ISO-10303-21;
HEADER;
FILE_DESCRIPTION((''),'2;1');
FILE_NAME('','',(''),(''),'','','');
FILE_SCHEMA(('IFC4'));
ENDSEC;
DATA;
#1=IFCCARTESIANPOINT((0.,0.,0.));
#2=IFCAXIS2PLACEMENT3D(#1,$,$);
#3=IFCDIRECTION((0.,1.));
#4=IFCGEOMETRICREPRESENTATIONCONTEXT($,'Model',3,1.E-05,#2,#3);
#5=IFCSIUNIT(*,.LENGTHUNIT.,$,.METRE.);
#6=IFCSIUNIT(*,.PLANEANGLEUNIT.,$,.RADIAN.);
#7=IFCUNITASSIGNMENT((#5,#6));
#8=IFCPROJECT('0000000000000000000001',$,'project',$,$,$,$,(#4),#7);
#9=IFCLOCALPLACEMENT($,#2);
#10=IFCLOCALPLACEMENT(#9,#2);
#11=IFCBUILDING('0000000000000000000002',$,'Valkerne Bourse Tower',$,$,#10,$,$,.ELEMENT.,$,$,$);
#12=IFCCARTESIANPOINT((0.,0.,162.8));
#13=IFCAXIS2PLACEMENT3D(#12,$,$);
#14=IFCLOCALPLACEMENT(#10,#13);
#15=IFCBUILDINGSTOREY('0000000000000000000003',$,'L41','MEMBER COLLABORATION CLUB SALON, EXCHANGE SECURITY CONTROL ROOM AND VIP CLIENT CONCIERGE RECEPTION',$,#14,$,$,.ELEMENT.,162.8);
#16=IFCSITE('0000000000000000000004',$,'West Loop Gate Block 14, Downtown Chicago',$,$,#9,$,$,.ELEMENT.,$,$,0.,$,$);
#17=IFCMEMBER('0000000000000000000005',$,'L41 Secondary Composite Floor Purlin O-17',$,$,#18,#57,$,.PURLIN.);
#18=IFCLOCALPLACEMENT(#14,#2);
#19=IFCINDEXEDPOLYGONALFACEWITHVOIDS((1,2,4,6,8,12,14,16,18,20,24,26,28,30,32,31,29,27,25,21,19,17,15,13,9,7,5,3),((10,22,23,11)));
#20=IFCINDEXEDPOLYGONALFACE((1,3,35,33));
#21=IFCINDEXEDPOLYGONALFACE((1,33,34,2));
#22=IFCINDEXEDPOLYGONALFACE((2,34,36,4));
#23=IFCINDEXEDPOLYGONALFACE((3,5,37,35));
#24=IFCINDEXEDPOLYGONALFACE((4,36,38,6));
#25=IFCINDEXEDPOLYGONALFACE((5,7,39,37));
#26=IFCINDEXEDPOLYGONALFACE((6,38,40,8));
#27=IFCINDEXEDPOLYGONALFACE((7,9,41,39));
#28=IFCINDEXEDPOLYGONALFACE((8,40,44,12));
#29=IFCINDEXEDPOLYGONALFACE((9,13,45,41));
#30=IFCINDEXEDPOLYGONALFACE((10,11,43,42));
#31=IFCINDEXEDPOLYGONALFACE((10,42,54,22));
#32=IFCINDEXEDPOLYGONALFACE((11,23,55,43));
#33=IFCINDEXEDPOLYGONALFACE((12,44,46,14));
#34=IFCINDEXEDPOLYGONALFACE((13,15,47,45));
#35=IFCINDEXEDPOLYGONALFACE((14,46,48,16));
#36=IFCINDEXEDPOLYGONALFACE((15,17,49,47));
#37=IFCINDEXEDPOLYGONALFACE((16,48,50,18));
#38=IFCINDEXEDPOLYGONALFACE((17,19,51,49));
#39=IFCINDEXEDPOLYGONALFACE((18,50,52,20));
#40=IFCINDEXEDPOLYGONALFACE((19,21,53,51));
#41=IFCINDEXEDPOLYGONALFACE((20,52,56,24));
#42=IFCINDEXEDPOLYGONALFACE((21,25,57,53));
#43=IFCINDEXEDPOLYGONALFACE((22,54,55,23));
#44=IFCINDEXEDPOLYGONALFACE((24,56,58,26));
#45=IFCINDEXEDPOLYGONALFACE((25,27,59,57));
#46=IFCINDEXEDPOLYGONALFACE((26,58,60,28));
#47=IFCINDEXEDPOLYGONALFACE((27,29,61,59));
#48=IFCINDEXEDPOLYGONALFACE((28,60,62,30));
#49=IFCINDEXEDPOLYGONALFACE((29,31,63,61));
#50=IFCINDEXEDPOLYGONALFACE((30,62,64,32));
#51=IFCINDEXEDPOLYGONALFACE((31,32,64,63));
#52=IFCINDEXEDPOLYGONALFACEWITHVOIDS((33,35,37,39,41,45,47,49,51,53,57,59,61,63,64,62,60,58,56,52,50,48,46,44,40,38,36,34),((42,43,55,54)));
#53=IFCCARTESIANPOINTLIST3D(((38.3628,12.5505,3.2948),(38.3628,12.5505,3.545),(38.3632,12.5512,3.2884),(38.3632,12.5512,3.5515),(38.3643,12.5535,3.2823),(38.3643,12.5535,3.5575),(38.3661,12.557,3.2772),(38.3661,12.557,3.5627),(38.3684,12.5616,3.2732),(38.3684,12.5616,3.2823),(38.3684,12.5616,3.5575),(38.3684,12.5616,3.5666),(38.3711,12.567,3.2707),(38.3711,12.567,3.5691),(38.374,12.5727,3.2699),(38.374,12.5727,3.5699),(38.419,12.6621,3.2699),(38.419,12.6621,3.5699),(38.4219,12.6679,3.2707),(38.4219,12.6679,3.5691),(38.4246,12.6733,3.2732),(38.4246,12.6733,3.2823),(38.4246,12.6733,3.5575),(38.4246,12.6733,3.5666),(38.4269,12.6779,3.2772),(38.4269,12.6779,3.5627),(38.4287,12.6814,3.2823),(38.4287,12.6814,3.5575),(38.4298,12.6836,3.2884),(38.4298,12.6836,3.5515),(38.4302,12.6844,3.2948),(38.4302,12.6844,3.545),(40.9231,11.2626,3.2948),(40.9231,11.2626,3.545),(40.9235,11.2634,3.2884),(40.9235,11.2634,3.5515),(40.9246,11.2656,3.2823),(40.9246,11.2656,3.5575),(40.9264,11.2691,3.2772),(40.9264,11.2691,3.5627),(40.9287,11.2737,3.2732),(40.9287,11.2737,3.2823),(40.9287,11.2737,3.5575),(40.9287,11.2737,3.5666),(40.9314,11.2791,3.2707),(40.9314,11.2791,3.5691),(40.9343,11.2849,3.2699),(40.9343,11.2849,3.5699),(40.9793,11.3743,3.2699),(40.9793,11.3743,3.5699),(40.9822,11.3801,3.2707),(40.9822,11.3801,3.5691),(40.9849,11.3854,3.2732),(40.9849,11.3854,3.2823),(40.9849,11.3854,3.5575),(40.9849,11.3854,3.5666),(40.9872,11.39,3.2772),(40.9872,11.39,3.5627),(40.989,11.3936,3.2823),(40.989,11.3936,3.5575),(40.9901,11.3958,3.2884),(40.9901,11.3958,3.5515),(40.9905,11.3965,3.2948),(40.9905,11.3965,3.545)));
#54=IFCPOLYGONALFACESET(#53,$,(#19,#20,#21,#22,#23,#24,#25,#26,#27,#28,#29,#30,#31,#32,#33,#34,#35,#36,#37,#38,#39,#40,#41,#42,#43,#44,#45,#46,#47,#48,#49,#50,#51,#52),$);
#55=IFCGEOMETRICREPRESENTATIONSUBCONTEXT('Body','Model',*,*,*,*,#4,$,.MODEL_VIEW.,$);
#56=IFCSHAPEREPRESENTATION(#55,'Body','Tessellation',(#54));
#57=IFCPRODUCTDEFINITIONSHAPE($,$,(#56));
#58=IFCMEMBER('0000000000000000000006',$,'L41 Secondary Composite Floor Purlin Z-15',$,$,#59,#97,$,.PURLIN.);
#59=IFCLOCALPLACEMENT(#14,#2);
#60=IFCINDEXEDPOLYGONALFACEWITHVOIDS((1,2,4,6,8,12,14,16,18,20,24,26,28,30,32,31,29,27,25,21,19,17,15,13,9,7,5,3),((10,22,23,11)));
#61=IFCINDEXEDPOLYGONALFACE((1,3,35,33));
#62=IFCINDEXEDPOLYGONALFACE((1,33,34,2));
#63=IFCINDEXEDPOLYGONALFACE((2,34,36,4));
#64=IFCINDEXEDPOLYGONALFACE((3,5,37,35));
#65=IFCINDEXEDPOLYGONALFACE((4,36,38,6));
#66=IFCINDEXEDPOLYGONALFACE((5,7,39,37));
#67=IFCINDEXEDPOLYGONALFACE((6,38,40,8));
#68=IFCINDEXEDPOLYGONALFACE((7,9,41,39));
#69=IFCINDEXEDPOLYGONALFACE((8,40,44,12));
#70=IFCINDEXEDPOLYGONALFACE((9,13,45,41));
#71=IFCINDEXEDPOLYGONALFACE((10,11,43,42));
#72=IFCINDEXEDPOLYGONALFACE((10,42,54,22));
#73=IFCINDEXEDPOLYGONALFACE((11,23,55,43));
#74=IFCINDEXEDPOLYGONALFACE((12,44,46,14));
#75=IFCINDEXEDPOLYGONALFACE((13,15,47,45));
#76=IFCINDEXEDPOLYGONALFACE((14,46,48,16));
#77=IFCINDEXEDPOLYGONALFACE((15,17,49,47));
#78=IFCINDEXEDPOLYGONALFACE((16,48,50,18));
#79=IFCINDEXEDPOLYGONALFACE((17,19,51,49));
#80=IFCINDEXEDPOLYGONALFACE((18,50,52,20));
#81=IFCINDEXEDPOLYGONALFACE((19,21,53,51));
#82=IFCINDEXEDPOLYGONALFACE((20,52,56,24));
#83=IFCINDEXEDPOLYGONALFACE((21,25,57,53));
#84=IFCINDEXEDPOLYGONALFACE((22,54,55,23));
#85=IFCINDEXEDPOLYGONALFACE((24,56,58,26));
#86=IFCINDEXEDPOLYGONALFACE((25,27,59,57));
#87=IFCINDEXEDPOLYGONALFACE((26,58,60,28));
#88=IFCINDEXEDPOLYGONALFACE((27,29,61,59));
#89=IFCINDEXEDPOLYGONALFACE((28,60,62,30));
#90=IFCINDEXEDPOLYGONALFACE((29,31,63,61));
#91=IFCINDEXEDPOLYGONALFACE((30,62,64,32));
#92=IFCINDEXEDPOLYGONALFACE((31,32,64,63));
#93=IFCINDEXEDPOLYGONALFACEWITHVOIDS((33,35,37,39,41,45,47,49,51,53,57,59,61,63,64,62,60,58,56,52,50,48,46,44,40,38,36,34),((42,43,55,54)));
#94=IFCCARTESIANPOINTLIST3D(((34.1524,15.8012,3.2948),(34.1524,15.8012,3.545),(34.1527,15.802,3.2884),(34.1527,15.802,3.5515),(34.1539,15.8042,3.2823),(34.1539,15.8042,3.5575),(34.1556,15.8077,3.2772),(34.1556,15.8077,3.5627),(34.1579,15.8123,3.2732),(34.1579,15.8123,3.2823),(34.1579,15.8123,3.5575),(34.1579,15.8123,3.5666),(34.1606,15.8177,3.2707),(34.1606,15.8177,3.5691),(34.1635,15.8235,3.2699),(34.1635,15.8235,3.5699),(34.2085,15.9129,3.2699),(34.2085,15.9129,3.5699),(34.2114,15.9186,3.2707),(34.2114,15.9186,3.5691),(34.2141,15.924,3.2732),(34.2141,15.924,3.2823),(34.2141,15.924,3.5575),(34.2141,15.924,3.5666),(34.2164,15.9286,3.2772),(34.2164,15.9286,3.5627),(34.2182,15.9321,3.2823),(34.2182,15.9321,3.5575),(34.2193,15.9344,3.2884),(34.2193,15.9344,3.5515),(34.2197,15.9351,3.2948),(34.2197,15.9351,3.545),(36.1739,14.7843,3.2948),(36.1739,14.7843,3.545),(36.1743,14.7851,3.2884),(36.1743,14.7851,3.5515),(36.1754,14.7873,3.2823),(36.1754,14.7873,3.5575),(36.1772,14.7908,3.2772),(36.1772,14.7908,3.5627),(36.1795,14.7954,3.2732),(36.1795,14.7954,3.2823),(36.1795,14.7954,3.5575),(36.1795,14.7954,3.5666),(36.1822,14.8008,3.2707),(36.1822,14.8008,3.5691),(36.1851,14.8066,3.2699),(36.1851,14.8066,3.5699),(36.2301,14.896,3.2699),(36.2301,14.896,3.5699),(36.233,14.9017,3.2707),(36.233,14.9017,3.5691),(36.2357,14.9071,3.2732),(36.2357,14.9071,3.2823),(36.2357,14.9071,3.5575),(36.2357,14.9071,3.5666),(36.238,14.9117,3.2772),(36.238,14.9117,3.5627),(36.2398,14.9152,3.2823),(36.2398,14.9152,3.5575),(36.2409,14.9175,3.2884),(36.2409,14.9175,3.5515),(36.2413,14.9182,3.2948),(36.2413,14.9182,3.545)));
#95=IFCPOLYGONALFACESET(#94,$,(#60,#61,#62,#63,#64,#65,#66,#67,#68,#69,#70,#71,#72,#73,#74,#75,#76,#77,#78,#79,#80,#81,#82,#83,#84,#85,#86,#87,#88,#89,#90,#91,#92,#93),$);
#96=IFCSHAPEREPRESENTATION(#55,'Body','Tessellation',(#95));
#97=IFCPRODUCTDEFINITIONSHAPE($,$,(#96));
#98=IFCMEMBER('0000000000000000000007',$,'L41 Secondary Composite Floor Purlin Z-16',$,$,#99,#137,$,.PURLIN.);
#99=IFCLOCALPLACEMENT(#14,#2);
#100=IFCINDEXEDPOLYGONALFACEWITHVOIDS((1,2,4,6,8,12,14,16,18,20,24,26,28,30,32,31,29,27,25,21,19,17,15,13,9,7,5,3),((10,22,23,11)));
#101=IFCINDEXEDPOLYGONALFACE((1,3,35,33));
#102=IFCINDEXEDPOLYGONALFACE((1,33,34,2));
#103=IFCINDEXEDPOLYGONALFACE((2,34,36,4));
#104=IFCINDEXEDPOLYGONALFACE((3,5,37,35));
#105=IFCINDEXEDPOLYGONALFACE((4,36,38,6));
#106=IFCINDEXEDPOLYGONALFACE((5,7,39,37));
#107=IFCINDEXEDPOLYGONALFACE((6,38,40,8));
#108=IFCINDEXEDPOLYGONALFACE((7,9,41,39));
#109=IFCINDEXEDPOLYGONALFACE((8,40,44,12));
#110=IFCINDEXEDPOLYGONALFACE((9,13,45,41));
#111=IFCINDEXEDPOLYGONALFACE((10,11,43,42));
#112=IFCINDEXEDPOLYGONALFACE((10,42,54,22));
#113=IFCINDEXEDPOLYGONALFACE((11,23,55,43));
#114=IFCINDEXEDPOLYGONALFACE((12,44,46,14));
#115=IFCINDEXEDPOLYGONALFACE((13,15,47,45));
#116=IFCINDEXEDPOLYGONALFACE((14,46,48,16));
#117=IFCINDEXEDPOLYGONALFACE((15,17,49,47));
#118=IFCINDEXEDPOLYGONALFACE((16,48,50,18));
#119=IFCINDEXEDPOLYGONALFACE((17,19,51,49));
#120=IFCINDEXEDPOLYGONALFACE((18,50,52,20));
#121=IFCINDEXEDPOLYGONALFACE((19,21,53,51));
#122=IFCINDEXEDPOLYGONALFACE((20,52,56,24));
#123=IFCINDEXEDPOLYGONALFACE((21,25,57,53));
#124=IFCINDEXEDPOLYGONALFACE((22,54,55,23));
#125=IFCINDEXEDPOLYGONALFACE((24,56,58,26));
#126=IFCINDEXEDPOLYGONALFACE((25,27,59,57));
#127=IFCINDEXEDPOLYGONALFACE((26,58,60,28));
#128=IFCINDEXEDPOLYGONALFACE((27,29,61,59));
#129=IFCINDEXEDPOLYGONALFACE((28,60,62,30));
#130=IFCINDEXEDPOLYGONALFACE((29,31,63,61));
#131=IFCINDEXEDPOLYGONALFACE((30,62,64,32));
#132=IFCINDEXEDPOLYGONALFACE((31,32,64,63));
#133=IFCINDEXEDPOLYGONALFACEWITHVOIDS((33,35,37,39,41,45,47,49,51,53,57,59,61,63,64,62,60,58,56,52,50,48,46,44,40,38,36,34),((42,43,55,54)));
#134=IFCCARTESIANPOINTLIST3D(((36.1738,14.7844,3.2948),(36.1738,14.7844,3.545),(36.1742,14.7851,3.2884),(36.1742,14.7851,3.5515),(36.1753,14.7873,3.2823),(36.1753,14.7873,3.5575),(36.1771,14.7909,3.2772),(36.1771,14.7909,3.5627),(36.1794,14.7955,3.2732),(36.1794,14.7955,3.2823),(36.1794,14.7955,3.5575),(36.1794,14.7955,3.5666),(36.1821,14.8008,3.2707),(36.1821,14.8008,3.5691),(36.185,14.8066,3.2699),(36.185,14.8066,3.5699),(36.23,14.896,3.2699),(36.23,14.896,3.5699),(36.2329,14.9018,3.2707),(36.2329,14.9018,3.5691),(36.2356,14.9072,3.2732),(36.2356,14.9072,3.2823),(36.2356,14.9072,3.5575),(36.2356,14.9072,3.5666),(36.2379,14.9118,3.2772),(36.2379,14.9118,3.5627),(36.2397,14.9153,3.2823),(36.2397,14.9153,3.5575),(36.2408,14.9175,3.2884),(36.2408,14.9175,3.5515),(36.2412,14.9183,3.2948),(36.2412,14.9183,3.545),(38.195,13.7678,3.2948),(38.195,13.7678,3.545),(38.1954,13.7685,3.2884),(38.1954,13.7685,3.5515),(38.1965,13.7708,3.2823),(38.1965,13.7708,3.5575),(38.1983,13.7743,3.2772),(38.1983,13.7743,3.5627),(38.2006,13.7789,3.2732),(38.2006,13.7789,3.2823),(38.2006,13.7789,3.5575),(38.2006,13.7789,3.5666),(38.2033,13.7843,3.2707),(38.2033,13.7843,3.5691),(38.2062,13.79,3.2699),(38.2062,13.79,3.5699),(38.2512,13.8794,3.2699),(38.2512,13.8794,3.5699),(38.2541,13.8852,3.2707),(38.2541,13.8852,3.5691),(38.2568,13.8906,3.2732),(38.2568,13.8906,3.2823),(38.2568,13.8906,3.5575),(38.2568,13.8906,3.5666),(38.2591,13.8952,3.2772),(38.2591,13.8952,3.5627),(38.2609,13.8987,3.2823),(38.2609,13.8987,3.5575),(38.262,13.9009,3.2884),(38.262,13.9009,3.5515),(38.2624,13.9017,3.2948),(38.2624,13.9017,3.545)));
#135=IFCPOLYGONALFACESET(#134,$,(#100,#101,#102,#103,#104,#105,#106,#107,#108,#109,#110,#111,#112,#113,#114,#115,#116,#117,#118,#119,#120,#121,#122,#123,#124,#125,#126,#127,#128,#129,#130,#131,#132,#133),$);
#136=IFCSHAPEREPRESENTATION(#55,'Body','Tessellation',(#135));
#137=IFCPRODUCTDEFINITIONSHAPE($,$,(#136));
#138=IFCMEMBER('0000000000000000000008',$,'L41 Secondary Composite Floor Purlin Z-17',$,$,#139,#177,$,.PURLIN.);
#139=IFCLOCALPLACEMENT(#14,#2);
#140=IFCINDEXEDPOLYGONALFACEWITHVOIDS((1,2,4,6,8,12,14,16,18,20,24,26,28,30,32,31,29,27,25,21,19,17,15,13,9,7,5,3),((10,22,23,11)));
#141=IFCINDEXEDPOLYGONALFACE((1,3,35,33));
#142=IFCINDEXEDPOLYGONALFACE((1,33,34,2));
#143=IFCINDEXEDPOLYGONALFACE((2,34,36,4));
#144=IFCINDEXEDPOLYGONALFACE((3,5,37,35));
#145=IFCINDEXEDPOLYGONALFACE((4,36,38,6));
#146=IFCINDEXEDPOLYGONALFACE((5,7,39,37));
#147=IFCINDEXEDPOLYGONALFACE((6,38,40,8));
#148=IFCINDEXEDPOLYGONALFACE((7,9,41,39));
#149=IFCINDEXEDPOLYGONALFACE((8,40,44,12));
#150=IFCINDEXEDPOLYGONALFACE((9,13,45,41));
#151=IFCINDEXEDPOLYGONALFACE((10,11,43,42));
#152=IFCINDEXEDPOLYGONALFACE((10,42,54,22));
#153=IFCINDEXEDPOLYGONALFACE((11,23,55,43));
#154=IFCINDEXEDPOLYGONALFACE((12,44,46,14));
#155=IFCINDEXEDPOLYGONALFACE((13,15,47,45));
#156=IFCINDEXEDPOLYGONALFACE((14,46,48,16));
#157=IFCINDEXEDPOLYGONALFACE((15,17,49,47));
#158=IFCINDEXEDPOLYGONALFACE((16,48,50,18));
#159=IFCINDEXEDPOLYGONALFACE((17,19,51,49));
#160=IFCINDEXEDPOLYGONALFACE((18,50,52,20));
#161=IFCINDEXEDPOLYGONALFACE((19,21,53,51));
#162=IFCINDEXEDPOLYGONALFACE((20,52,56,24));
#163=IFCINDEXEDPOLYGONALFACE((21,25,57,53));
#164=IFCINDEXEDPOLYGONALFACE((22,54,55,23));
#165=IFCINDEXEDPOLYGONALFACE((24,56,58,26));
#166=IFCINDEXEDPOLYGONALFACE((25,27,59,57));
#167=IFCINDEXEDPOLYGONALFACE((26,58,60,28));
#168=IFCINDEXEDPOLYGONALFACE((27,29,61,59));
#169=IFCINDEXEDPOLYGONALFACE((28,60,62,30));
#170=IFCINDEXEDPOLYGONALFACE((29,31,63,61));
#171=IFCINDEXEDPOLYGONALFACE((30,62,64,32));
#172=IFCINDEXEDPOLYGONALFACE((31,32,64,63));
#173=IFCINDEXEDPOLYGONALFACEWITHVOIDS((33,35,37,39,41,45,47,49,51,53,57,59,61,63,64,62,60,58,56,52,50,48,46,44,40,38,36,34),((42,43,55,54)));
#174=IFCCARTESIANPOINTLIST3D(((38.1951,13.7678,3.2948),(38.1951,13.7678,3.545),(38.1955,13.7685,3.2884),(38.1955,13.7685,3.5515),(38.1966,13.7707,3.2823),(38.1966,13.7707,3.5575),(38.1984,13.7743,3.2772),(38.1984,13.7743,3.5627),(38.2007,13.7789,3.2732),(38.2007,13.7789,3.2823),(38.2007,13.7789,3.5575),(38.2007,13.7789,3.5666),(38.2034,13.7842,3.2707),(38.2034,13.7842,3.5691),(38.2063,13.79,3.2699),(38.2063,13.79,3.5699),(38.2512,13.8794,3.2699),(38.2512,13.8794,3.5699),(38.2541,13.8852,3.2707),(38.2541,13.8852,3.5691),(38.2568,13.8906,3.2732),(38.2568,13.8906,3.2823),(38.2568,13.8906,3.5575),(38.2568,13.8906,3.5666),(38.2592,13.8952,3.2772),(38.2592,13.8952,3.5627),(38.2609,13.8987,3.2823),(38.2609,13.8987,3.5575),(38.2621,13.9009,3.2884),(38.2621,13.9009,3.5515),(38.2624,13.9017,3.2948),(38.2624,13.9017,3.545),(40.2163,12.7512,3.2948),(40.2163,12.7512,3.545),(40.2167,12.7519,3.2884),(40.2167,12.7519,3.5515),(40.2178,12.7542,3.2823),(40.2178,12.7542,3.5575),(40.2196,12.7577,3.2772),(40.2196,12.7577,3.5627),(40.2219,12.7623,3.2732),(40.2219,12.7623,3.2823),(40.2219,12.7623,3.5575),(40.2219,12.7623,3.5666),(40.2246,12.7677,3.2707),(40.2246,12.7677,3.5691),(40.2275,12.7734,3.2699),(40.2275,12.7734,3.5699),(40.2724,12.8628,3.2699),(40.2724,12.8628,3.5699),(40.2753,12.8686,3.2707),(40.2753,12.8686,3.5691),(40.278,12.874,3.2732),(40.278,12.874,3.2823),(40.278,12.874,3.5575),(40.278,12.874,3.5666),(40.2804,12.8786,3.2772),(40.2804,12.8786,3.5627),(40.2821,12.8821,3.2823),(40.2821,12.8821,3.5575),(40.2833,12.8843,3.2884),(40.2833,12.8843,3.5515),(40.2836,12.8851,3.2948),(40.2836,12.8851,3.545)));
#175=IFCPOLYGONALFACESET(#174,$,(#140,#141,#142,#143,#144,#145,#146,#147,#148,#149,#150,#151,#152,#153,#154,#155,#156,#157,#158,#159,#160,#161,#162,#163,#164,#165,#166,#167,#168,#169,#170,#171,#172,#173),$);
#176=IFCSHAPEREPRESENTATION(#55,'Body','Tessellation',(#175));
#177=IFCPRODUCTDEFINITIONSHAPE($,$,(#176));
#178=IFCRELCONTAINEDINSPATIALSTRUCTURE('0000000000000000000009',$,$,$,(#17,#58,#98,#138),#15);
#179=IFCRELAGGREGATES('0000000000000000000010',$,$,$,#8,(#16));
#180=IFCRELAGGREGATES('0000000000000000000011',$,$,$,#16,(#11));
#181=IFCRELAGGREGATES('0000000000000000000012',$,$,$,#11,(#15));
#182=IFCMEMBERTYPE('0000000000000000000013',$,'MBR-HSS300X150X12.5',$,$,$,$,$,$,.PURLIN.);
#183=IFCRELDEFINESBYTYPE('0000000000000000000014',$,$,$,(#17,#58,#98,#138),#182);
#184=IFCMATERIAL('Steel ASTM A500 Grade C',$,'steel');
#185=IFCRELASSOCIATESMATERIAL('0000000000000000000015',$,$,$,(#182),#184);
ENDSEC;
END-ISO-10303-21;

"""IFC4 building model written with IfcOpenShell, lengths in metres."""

from ifc_helpers import new_model, si_unit, direction, frame, origin, origin_2d, place, context, subcontext, project, spatial, hollow_rectangle, extrude, material, material_profile, profile_set, type_object, element, save


model = new_model("IFC4")

# Units and contexts
model_context = context("Model", 3, precision=1e-05, world=origin(), true_north=direction((0.0, 1.0)))
body_context = subcontext(model_context, "Body", "Model", "MODEL_VIEW")
ifc_project = project(units=[si_unit("LENGTHUNIT", "METRE"), si_unit("PLANEANGLEUNIT", "RADIAN")], contexts=[model_context])

# Site, building, storey
site_placement = place(None, origin())
site = spatial("IfcSite", under=ifc_project, at=site_placement, Name="West Loop Gate Block 14, Downtown Chicago", CompositionType="ELEMENT", RefElevation=0.0)
building_placement = place(site_placement, origin())
building = spatial("IfcBuilding", under=site, at=building_placement, Name="Valkerne Bourse Tower", CompositionType="ELEMENT")
storey_placement = place(building_placement, frame((0.0, 0.0, 162.8)))
storey = spatial("IfcBuildingStorey", under=building, at=storey_placement, Name="L41", Description="MEMBER COLLABORATION CLUB SALON, EXCHANGE SECURITY CONTROL ROOM AND VIP CLIENT CONCIERGE RECEPTION", CompositionType="ELEMENT", Elevation=162.8)

# Members
ifc_material_1 = material(Name="Steel ASTM A500 Grade C", Category="steel")
ifc_material_profile_1 = material_profile(ifc_material_1, hollow_rectangle(XDim=0.1499, YDim=0.3, WallThickness=0.0125, OuterFilletRadius=0.0249, at=origin_2d()), Name="HSS300X150X12.5")
ifc_profile_set_1 = profile_set([ifc_material_profile_1], Name="Steel ASTM A500 Grade C")
member_type_1 = type_object("IfcMemberType", Name="MBR-HSS300X150X12.5", PredefinedType="PURLIN", material=ifc_profile_set_1)
for number, where, z_axis, x_axis, name in (
    (1, (38.3965, 12.6174, 3.4199), (0.893351, -0.449359, 0.0), (0.449359, 0.893351, 0.0), "L41 Secondary Composite Floor Purlin O-17"),
):
    element("IfcMember", number, at=place(storey_placement, frame(where, z_axis=z_axis, x_axis=x_axis)), inside=storey, type_object=member_type_1, Name=name, PredefinedType="PURLIN", context=body_context, shape_type="SweptSolid", body=[
        extrude(hollow_rectangle(XDim=0.1499, YDim=0.3, WallThickness=0.0125, OuterFilletRadius=0.0249, at=origin_2d()), origin(), (0.0, 0.0, 1.0), 2.866),
    ])
member_1_placement = place(storey_placement, frame((34.186, 15.8682, 3.4199), z_axis=(0.893346, -0.44937, 0.0), x_axis=(0.44937, 0.893346, 0.0)))
element("IfcMember", 2, at=member_1_placement, inside=storey, type_object=member_type_1, Name="L41 Secondary Composite Floor Purlin Z-15", PredefinedType="PURLIN", context=body_context, shape_type="SweptSolid", body=[
    extrude(hollow_rectangle(XDim=0.1499, YDim=0.3, WallThickness=0.0125, OuterFilletRadius=0.0249, at=origin_2d()), origin(), (0.0, 0.0, 1.0), 2.2629),
])
for number, where, z_axis, x_axis, name in (
    (3, (36.2075, 14.8513, 3.4199), (0.893367, -0.449327, 0.0), (0.449327, 0.893367, 0.0), "L41 Secondary Composite Floor Purlin Z-16"),
    (4, (38.2288, 13.8347, 3.4199), (0.893367, -0.449327, 0.0), (0.449327, 0.893367, 0.0), "L41 Secondary Composite Floor Purlin Z-17"),
):
    element("IfcMember", number, at=place(storey_placement, frame(where, z_axis=z_axis, x_axis=x_axis)), inside=storey, type_object=member_type_1, Name=name, PredefinedType="PURLIN", context=body_context, shape_type="SweptSolid", body=[
        extrude(hollow_rectangle(XDim=0.1499, YDim=0.3, WallThickness=0.0125, OuterFilletRadius=0.0249, at=origin_2d()), origin(), (0.0, 0.0, 1.0), 2.2625),
    ])

save(model, "model.ifc")
